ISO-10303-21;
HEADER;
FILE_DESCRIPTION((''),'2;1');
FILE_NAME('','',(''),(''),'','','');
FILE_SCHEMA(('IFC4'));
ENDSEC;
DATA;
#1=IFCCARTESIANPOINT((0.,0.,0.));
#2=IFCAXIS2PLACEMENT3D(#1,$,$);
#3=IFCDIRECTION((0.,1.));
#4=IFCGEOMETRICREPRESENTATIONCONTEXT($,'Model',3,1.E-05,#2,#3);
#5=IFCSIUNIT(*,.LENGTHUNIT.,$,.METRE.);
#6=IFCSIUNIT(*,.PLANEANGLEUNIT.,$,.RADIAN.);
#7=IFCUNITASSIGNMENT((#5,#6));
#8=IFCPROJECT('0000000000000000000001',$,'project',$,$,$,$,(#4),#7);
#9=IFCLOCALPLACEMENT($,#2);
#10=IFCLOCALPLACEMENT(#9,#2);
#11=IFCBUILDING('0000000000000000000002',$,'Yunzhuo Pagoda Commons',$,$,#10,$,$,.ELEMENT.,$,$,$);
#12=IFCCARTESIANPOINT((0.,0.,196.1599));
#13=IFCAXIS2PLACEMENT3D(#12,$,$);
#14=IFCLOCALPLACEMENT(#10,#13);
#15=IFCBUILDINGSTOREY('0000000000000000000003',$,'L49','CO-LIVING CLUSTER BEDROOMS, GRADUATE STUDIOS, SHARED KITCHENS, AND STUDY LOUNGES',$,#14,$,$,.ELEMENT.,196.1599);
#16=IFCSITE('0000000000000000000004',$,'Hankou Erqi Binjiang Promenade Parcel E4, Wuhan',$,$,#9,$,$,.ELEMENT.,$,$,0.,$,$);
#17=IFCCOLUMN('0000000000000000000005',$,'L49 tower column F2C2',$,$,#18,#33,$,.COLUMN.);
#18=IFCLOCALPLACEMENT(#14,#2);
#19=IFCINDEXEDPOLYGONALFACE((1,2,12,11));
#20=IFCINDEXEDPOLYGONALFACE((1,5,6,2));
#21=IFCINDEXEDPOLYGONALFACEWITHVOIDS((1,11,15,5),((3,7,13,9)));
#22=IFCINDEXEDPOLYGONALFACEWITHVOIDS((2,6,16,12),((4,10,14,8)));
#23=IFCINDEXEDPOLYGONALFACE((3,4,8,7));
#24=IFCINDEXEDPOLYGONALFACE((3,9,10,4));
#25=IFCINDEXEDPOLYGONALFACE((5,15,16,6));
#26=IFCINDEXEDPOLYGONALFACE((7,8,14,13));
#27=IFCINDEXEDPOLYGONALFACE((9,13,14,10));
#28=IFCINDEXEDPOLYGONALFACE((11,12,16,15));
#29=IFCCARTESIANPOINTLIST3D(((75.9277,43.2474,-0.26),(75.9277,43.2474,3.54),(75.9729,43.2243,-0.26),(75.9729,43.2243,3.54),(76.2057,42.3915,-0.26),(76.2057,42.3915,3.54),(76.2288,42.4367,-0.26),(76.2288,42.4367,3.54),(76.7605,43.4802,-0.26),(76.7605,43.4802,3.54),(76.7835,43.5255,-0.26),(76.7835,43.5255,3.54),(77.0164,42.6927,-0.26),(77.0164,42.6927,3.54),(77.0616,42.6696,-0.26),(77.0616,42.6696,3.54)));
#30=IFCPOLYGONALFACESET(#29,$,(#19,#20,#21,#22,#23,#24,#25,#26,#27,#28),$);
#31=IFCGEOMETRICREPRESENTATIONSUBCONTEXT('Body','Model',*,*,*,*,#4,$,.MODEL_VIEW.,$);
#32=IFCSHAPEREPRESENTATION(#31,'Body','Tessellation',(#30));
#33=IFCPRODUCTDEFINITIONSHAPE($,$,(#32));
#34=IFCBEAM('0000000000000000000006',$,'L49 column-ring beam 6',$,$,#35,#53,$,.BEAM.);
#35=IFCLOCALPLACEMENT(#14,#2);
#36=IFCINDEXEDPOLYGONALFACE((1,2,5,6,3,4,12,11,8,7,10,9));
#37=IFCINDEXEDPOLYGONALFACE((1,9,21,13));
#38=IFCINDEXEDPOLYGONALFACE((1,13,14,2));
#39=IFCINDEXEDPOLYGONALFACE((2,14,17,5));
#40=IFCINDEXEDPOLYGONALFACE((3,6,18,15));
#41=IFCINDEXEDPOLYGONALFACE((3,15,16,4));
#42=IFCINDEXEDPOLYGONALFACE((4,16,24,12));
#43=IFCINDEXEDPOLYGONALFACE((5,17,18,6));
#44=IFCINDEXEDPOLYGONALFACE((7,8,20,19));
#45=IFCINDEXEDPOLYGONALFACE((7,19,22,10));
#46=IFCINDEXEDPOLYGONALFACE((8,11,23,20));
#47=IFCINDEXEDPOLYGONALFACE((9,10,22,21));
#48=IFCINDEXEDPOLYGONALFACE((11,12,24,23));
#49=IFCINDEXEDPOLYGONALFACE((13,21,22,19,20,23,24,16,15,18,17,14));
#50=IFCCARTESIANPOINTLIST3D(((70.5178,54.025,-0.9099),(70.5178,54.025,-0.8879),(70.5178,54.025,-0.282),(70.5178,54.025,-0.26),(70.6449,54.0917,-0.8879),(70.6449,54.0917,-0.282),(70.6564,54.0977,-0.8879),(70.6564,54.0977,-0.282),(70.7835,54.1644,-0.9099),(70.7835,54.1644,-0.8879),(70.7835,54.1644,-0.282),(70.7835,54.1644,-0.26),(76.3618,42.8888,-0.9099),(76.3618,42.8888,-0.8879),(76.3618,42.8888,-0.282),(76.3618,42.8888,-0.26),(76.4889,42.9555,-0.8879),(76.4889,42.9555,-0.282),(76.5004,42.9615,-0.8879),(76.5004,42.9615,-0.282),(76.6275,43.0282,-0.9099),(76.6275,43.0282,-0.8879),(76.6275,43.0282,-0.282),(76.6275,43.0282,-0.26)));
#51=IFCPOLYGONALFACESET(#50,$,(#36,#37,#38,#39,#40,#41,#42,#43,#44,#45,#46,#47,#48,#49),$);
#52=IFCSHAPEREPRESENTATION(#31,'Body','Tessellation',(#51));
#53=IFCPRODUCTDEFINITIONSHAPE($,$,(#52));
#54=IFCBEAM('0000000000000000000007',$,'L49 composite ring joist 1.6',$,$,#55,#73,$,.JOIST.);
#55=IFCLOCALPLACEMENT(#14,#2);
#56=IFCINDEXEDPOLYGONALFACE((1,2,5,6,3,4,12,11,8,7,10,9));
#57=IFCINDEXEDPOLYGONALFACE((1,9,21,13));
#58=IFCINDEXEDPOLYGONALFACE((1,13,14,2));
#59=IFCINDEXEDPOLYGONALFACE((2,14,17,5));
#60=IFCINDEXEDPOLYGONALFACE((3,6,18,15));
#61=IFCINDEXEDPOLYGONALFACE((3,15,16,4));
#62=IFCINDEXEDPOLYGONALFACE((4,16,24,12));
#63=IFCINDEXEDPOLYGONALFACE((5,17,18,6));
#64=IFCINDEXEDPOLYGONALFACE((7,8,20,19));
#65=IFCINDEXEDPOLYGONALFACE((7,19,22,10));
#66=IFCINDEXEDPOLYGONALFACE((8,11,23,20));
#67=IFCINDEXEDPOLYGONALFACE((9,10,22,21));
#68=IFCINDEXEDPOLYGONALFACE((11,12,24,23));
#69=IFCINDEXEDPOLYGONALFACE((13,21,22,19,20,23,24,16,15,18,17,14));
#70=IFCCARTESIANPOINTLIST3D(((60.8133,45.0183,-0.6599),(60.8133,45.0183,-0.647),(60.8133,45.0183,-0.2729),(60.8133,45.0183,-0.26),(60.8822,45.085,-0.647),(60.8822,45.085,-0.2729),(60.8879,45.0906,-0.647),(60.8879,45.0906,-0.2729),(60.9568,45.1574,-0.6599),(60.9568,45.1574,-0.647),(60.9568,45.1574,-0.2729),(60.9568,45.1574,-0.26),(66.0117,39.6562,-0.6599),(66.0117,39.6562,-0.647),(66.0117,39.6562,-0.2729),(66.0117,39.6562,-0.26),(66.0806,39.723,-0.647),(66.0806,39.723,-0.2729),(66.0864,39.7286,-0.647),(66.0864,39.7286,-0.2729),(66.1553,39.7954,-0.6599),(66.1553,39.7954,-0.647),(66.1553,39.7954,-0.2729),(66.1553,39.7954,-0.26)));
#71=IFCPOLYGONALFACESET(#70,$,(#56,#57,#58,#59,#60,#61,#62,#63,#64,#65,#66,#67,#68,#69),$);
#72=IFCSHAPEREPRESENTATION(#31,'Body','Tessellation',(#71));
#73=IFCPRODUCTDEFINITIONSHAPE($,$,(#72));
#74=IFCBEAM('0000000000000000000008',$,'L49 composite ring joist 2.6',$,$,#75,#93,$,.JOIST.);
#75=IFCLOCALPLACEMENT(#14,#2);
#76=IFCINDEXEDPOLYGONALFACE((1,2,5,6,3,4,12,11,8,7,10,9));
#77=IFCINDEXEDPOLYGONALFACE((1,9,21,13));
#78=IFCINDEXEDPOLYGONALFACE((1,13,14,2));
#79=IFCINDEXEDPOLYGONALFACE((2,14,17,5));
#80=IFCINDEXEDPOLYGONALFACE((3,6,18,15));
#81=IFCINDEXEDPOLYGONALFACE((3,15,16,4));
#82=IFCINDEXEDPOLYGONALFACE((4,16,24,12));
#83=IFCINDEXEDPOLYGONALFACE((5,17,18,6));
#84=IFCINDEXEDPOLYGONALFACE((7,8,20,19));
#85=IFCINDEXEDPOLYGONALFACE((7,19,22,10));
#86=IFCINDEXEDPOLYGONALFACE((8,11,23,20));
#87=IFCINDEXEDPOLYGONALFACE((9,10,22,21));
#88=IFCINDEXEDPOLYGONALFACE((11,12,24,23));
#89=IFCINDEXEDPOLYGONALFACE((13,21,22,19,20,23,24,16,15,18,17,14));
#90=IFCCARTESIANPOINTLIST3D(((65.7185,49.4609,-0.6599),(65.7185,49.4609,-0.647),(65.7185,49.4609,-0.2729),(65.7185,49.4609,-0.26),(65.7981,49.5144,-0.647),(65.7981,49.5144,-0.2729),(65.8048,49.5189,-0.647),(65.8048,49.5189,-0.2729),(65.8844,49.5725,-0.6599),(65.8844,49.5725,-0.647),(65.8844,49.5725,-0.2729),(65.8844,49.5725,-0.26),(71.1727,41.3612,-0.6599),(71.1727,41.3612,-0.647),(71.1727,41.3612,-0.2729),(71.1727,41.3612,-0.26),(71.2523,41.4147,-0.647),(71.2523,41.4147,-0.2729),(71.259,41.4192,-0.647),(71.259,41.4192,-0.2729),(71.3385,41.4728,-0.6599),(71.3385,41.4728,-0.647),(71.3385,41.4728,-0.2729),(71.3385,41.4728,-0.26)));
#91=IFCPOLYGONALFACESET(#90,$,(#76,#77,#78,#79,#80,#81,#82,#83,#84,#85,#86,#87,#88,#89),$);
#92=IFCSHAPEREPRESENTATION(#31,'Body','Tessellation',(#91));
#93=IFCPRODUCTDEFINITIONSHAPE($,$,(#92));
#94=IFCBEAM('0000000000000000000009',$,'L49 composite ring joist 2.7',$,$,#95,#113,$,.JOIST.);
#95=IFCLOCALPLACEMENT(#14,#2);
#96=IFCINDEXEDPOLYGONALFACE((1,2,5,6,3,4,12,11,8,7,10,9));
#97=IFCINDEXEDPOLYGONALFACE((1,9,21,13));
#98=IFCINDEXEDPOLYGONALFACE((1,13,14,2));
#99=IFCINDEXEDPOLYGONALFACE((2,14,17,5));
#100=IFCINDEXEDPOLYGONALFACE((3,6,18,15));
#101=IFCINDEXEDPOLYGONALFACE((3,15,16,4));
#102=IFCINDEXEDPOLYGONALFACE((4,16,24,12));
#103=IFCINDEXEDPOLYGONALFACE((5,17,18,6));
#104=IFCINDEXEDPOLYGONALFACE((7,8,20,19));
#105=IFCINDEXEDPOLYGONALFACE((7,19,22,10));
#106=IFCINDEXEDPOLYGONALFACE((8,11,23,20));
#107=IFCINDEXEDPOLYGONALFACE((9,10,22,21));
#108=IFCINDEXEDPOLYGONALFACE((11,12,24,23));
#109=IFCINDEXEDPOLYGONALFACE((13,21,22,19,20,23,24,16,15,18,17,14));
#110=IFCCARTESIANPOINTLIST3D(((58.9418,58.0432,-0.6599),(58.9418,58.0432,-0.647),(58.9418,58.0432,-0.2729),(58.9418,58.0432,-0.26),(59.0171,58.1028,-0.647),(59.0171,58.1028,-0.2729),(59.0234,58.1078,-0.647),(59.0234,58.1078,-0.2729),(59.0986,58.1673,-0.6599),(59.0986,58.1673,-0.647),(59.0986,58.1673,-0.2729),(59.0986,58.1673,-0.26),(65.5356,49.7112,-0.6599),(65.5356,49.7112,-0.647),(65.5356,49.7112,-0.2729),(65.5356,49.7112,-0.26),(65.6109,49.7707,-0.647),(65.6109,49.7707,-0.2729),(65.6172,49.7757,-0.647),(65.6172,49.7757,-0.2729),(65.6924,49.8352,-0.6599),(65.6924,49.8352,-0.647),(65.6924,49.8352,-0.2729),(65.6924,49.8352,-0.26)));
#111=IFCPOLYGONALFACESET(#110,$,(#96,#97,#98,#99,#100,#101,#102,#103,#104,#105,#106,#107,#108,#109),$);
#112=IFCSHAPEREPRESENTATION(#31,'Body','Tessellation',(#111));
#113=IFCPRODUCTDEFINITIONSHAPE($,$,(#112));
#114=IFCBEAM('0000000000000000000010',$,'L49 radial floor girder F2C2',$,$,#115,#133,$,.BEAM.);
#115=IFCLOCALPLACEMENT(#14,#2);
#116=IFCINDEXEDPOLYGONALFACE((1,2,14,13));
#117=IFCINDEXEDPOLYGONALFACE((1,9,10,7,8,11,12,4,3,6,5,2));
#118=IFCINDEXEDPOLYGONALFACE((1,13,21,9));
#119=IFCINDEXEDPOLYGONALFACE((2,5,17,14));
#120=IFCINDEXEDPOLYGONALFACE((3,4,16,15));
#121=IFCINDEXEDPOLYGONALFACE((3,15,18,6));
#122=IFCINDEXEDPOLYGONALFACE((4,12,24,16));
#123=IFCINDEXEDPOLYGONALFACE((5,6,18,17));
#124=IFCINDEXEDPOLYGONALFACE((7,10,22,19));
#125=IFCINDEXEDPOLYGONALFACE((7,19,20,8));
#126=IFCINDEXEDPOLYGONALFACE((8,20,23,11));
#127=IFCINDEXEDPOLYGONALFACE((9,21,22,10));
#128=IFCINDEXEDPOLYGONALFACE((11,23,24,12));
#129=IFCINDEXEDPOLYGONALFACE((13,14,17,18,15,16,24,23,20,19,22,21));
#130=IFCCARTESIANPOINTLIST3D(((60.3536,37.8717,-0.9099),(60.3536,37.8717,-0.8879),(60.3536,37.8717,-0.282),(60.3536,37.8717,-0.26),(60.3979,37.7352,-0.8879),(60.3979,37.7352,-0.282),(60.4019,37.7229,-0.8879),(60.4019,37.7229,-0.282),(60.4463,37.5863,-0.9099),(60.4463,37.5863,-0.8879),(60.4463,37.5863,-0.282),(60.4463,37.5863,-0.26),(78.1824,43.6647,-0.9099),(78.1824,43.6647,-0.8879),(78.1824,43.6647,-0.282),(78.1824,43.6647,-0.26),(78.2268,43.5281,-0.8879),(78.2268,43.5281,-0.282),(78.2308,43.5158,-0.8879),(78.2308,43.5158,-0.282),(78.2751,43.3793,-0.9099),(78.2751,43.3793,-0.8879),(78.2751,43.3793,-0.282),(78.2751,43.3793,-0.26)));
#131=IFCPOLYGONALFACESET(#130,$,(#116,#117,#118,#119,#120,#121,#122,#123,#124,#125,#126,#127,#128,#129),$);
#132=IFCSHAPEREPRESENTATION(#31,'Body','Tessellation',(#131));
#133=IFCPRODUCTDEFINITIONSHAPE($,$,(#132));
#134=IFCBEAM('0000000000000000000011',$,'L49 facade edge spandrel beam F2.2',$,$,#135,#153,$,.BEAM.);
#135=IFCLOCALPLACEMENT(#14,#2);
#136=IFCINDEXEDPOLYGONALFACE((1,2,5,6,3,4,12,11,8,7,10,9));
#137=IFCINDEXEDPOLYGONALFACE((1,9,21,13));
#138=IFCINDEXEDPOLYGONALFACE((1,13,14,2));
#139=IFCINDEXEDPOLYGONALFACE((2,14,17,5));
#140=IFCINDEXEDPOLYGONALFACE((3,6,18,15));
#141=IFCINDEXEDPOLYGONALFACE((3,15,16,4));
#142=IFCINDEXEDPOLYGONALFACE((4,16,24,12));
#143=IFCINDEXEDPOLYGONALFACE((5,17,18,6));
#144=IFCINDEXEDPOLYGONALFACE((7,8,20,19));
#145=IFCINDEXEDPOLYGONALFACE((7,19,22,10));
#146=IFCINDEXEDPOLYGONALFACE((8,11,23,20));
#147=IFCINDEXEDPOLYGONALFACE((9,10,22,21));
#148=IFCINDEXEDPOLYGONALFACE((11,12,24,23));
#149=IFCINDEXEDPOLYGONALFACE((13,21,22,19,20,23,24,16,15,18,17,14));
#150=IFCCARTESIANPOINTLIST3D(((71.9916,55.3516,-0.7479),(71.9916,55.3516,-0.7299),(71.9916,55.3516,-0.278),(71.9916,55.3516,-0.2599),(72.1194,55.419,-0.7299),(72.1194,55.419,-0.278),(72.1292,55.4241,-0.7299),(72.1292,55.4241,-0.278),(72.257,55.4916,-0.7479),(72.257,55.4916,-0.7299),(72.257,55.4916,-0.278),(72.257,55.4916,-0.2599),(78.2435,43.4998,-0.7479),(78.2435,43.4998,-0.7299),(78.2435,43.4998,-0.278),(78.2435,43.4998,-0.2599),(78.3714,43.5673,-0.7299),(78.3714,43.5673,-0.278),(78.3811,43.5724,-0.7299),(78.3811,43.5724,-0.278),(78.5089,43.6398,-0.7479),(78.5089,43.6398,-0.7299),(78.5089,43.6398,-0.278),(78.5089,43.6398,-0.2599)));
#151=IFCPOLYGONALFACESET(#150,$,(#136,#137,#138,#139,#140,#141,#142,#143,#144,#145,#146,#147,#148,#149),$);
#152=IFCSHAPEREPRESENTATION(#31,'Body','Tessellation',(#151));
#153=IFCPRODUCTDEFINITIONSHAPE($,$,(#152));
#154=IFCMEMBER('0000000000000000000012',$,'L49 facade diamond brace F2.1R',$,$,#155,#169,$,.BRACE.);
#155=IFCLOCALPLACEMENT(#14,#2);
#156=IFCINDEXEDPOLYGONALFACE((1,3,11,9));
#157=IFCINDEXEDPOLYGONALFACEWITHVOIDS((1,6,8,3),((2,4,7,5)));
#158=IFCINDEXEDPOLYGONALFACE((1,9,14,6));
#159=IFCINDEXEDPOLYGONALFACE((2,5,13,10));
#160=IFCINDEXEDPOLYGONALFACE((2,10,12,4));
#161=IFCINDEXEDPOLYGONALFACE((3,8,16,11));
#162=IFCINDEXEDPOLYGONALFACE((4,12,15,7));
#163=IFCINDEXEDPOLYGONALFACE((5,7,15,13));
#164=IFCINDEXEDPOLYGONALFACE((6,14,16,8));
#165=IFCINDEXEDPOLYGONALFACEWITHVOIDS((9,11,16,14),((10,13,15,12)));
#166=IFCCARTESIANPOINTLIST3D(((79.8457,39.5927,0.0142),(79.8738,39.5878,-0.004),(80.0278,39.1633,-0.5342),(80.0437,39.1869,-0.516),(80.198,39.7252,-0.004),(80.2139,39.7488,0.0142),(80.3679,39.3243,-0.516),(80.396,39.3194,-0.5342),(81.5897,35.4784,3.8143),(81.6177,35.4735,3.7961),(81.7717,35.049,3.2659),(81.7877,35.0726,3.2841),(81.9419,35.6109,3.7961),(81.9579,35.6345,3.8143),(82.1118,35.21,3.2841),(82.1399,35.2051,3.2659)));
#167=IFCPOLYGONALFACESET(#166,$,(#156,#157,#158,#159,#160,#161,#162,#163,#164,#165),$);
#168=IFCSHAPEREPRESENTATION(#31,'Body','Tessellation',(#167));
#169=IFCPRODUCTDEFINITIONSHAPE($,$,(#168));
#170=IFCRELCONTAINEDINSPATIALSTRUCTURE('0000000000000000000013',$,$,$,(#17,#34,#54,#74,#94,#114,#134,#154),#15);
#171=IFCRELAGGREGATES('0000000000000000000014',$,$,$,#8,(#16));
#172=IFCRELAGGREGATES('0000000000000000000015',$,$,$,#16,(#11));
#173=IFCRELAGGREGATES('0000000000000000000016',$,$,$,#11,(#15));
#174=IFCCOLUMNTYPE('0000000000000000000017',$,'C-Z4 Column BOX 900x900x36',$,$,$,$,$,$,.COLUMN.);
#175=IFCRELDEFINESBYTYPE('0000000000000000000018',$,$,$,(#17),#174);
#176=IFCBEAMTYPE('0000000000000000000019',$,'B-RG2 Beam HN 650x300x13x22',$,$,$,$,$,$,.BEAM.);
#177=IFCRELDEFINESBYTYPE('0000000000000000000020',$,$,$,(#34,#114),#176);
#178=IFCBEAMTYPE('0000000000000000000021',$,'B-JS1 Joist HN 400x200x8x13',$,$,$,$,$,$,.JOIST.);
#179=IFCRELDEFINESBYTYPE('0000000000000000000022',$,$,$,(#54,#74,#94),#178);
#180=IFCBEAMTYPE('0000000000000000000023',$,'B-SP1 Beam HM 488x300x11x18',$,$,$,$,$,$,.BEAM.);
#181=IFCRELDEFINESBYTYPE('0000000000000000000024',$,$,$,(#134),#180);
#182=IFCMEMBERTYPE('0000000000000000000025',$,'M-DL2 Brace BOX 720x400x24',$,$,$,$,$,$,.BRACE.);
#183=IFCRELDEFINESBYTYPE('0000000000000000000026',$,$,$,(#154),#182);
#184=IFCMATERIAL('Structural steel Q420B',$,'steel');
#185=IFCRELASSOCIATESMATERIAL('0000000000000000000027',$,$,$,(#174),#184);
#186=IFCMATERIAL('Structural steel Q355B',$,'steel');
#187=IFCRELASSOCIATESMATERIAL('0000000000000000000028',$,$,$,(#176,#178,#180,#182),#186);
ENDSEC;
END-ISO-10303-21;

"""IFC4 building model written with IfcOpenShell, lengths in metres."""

from ifc_helpers import new_model, si_unit, direction, frame, origin, origin_2d, place, context, subcontext, project, spatial, hollow_rectangle, i_section, extrude, source, transform, mapped, material, material_profile, profile_set, type_object, element, save


model = new_model("IFC4")

# Units and contexts
model_context = context("Model", 3, precision=1e-05, world=origin(), true_north=direction((0.0, 1.0)))
body_context = subcontext(model_context, "Body", "Model", "MODEL_VIEW")
ifc_project = project(units=[si_unit("LENGTHUNIT", "METRE"), si_unit("PLANEANGLEUNIT", "RADIAN")], contexts=[model_context])

# Site, building, storey
site_placement = place(None, origin())
site = spatial("IfcSite", under=ifc_project, at=site_placement, Name="Hankou Erqi Binjiang Promenade Parcel E4, Wuhan", CompositionType="ELEMENT", RefElevation=0.0)
building_placement = place(site_placement, origin())
building = spatial("IfcBuilding", under=site, at=building_placement, Name="Yunzhuo Pagoda Commons", CompositionType="ELEMENT")
storey_placement = place(building_placement, frame((0.0, 0.0, 196.1599)))
storey = spatial("IfcBuildingStorey", under=building, at=storey_placement, Name="L49", Description="CO-LIVING CLUSTER BEDROOMS, GRADUATE STUDIOS, SHARED KITCHENS, AND STUDY LOUNGES", CompositionType="ELEMENT", Elevation=196.1599)

# Column
ifc_material_1 = material(Name="Structural steel Q420B", Category="steel")
ifc_material_profile_1 = material_profile(ifc_material_1, hollow_rectangle(XDim=0.8999, YDim=0.8999, WallThickness=0.0359, at=origin_2d()), Name="Structural steel Q420B")
ifc_profile_set_1 = profile_set([ifc_material_profile_1], Name="Structural steel Q420B")
column_type = type_object("IfcColumnType", Name="C-Z4 Column BOX 900x900x36", PredefinedType="COLUMN", material=ifc_profile_set_1)
shared_shape_1 = source(origin(), body_context, "Body", "SweptSolid", [
    extrude(hollow_rectangle(XDim=0.8999, YDim=0.8999, WallThickness=0.0359, at=origin_2d()), origin(), (0.0, 0.0, 1.0), 3.8),
])
column_placement = place(storey_placement, frame((76.4946, 42.9585, -0.26), z_axis=(0.0, 0.0, 1.0), x_axis=(-0.309017, 0.951057, 0.0)))
element("IfcColumn", 1, at=column_placement, inside=storey, type_object=column_type, Name="L49 tower column F2C2", PredefinedType="COLUMN", context=body_context, shape_type="MappedRepresentation", body=[
    mapped(shared_shape_1, transform((0.0, 0.0, 0.0), scale=1.0)),
])

# Beams
ifc_material_2 = material(Name="Structural steel Q355B", Category="steel")
ifc_material_profile_2 = material_profile(ifc_material_2, i_section(OverallWidth=0.3, OverallDepth=0.6499, WebThickness=0.0129, FlangeThickness=0.022, at=origin_2d()), Name="Structural steel Q355B")
ifc_profile_set_2 = profile_set([ifc_material_profile_2], Name="Structural steel Q355B")
beam_type_1 = type_object("IfcBeamType", Name="B-RG2 Beam HN 650x300x13x22", PredefinedType="BEAM", material=ifc_profile_set_2)
shared_shape_2 = source(origin(), body_context, "Body", "SweptSolid", [
    extrude(i_section(OverallWidth=0.3, OverallDepth=0.6499, WebThickness=0.0129, FlangeThickness=0.022, at=origin_2d()), origin(), (0.0, 0.0, 1.0), 12.5764),
])
beam_1_placement = place(storey_placement, frame((76.4946, 42.9585, -0.585), z_axis=(-0.464676, 0.885481, 0.0), x_axis=(-0.885481, -0.464676, 0.0)))
element("IfcBeam", 2, at=beam_1_placement, inside=storey, type_object=beam_type_1, Name="L49 column-ring beam 6", PredefinedType="BEAM", context=body_context, shape_type="MappedRepresentation", body=[
    mapped(shared_shape_2, transform((0.0, 0.0, 0.0), scale=1.0)),
])
ifc_material_profile_3 = material_profile(ifc_material_2, i_section(OverallWidth=0.2, OverallDepth=0.3999, WebThickness=0.0081, FlangeThickness=0.0129, at=origin_2d()), Name="Structural steel Q355B")
ifc_profile_set_3 = profile_set([ifc_material_profile_3], Name="Structural steel Q355B")
beam_type_2 = type_object("IfcBeamType", Name="B-JS1 Joist HN 400x200x8x13", PredefinedType="JOIST", material=ifc_profile_set_3)
shared_shape_3 = source(origin(), body_context, "Body", "SweptSolid", [
    extrude(i_section(OverallWidth=0.2, OverallDepth=0.3999, WebThickness=0.0081, FlangeThickness=0.0129, at=origin_2d()), origin(), (0.0, 0.0, 1.0), 7.4683),
])
beam_2_placement = place(storey_placement, frame((66.0835, 39.7258, -0.46), z_axis=(-0.696071, 0.717973, 0.0), x_axis=(-0.717973, -0.696071, 0.0)))
element("IfcBeam", 3, at=beam_2_placement, inside=storey, type_object=beam_type_2, Name="L49 composite ring joist 1.6", PredefinedType="JOIST", context=body_context, shape_type="MappedRepresentation", body=[
    mapped(shared_shape_3, transform((0.0, 0.0, 0.0), scale=1.0)),
])
shared_shape_4 = source(origin(), body_context, "Body", "SweptSolid", [
    extrude(i_section(OverallWidth=0.2, OverallDepth=0.3999, WebThickness=0.0081, FlangeThickness=0.0129, at=origin_2d()), origin(), (0.0, 0.0, 1.0), 9.7649),
])
beam_3_placement = place(storey_placement, frame((71.2556, 41.417, -0.46), z_axis=(-0.558548, 0.829472, 0.0), x_axis=(-0.829472, -0.558548, 0.0)))
element("IfcBeam", 4, at=beam_3_placement, inside=storey, type_object=beam_type_2, Name="L49 composite ring joist 2.6", PredefinedType="JOIST", context=body_context, shape_type="MappedRepresentation", body=[
    mapped(shared_shape_4, transform((0.0, 0.0, 0.0), scale=1.0)),
])
shared_shape_5 = source(origin(), body_context, "Body", "SweptSolid", [
    extrude(i_section(OverallWidth=0.2, OverallDepth=0.3999, WebThickness=0.0081, FlangeThickness=0.0129, at=origin_2d()), origin(), (0.0, 0.0, 1.0), 10.6255),
])
beam_4_placement = place(storey_placement, frame((65.614, 49.7732, -0.46), z_axis=(-0.620562, 0.784158, 0.0), x_axis=(-0.784158, -0.620562, 0.0)))
element("IfcBeam", 5, at=beam_4_placement, inside=storey, type_object=beam_type_2, Name="L49 composite ring joist 2.7", PredefinedType="JOIST", context=body_context, shape_type="MappedRepresentation", body=[
    mapped(shared_shape_5, transform((0.0, 0.0, 0.0), scale=1.0)),
])
shared_shape_6 = source(origin(), body_context, "Body", "SweptSolid", [
    extrude(i_section(OverallWidth=0.3, OverallDepth=0.6499, WebThickness=0.0129, FlangeThickness=0.022, at=origin_2d()), origin(), (0.0, 0.0, 1.0), 18.7463),
])
beam_5_placement = place(storey_placement, frame((78.2288, 43.522, -0.585), z_axis=(-0.951056, -0.309018, 0.0), x_axis=(0.309018, -0.951056, 0.0)))
element("IfcBeam", 6, at=beam_5_placement, inside=storey, type_object=beam_type_1, Name="L49 radial floor girder F2C2", PredefinedType="BEAM", context=body_context, shape_type="MappedRepresentation", body=[
    mapped(shared_shape_6, transform((0.0, 0.0, 0.0), scale=1.0)),
])
ifc_material_profile_4 = material_profile(ifc_material_2, i_section(OverallWidth=0.3, OverallDepth=0.488, WebThickness=0.011, FlangeThickness=0.0181, at=origin_2d()), Name="Structural steel Q355B")
ifc_profile_set_4 = profile_set([ifc_material_profile_4], Name="Structural steel Q355B")
beam_type_3 = type_object("IfcBeamType", Name="B-SP1 Beam HM 488x300x11x18", PredefinedType="BEAM", material=ifc_profile_set_4)
shared_shape_7 = source(origin(), body_context, "Body", "SweptSolid", [
    extrude(i_section(OverallWidth=0.3, OverallDepth=0.488, WebThickness=0.011, FlangeThickness=0.0181, at=origin_2d()), origin(), (0.0, 0.0, 1.0), 13.3997),
])
beam_6_placement = place(storey_placement, frame((78.3762, 43.5698, -0.5039), z_axis=(-0.466574, 0.884482, 0.0), x_axis=(-0.884482, -0.466574, 0.0)))
element("IfcBeam", 7, at=beam_6_placement, inside=storey, type_object=beam_type_3, Name="L49 facade edge spandrel beam F2.2", PredefinedType="BEAM", context=body_context, shape_type="MappedRepresentation", body=[
    mapped(shared_shape_7, transform((0.0, 0.0, 0.0), scale=1.0)),
])

# Member
ifc_material_profile_5 = material_profile(ifc_material_2, hollow_rectangle(XDim=0.3999, YDim=0.72, WallThickness=0.0239, at=origin_2d()), Name="Structural steel Q355B")
ifc_profile_set_5 = profile_set([ifc_material_profile_5], Name="Structural steel Q355B")
member_type_1 = type_object("IfcMemberType", Name="M-DL2 Brace BOX 720x400x24", PredefinedType="BRACE", material=ifc_profile_set_5)
shared_shape_8 = source(origin(), body_context, "Body", "SweptSolid", [
    extrude(hollow_rectangle(XDim=0.3999, YDim=0.72, WallThickness=0.0239, at=origin_2d()), origin(), (0.0, 0.0, 1.0), 5.866),
])
member_1_placement = place(storey_placement, frame((80.1208, 39.4561, -0.26), z_axis=(0.297294, -0.701387, 0.647821), x_axis=(0.920706, 0.390257, 0.0)))
element("IfcMember", 8, at=member_1_placement, inside=storey, type_object=member_type_1, Name="L49 facade diamond brace F2.1R", PredefinedType="BRACE", context=body_context, shape_type="MappedRepresentation", body=[
    mapped(shared_shape_8, transform((0.0, 0.0, 0.0), scale=1.0)),
])

save(model, "model.ifc")
